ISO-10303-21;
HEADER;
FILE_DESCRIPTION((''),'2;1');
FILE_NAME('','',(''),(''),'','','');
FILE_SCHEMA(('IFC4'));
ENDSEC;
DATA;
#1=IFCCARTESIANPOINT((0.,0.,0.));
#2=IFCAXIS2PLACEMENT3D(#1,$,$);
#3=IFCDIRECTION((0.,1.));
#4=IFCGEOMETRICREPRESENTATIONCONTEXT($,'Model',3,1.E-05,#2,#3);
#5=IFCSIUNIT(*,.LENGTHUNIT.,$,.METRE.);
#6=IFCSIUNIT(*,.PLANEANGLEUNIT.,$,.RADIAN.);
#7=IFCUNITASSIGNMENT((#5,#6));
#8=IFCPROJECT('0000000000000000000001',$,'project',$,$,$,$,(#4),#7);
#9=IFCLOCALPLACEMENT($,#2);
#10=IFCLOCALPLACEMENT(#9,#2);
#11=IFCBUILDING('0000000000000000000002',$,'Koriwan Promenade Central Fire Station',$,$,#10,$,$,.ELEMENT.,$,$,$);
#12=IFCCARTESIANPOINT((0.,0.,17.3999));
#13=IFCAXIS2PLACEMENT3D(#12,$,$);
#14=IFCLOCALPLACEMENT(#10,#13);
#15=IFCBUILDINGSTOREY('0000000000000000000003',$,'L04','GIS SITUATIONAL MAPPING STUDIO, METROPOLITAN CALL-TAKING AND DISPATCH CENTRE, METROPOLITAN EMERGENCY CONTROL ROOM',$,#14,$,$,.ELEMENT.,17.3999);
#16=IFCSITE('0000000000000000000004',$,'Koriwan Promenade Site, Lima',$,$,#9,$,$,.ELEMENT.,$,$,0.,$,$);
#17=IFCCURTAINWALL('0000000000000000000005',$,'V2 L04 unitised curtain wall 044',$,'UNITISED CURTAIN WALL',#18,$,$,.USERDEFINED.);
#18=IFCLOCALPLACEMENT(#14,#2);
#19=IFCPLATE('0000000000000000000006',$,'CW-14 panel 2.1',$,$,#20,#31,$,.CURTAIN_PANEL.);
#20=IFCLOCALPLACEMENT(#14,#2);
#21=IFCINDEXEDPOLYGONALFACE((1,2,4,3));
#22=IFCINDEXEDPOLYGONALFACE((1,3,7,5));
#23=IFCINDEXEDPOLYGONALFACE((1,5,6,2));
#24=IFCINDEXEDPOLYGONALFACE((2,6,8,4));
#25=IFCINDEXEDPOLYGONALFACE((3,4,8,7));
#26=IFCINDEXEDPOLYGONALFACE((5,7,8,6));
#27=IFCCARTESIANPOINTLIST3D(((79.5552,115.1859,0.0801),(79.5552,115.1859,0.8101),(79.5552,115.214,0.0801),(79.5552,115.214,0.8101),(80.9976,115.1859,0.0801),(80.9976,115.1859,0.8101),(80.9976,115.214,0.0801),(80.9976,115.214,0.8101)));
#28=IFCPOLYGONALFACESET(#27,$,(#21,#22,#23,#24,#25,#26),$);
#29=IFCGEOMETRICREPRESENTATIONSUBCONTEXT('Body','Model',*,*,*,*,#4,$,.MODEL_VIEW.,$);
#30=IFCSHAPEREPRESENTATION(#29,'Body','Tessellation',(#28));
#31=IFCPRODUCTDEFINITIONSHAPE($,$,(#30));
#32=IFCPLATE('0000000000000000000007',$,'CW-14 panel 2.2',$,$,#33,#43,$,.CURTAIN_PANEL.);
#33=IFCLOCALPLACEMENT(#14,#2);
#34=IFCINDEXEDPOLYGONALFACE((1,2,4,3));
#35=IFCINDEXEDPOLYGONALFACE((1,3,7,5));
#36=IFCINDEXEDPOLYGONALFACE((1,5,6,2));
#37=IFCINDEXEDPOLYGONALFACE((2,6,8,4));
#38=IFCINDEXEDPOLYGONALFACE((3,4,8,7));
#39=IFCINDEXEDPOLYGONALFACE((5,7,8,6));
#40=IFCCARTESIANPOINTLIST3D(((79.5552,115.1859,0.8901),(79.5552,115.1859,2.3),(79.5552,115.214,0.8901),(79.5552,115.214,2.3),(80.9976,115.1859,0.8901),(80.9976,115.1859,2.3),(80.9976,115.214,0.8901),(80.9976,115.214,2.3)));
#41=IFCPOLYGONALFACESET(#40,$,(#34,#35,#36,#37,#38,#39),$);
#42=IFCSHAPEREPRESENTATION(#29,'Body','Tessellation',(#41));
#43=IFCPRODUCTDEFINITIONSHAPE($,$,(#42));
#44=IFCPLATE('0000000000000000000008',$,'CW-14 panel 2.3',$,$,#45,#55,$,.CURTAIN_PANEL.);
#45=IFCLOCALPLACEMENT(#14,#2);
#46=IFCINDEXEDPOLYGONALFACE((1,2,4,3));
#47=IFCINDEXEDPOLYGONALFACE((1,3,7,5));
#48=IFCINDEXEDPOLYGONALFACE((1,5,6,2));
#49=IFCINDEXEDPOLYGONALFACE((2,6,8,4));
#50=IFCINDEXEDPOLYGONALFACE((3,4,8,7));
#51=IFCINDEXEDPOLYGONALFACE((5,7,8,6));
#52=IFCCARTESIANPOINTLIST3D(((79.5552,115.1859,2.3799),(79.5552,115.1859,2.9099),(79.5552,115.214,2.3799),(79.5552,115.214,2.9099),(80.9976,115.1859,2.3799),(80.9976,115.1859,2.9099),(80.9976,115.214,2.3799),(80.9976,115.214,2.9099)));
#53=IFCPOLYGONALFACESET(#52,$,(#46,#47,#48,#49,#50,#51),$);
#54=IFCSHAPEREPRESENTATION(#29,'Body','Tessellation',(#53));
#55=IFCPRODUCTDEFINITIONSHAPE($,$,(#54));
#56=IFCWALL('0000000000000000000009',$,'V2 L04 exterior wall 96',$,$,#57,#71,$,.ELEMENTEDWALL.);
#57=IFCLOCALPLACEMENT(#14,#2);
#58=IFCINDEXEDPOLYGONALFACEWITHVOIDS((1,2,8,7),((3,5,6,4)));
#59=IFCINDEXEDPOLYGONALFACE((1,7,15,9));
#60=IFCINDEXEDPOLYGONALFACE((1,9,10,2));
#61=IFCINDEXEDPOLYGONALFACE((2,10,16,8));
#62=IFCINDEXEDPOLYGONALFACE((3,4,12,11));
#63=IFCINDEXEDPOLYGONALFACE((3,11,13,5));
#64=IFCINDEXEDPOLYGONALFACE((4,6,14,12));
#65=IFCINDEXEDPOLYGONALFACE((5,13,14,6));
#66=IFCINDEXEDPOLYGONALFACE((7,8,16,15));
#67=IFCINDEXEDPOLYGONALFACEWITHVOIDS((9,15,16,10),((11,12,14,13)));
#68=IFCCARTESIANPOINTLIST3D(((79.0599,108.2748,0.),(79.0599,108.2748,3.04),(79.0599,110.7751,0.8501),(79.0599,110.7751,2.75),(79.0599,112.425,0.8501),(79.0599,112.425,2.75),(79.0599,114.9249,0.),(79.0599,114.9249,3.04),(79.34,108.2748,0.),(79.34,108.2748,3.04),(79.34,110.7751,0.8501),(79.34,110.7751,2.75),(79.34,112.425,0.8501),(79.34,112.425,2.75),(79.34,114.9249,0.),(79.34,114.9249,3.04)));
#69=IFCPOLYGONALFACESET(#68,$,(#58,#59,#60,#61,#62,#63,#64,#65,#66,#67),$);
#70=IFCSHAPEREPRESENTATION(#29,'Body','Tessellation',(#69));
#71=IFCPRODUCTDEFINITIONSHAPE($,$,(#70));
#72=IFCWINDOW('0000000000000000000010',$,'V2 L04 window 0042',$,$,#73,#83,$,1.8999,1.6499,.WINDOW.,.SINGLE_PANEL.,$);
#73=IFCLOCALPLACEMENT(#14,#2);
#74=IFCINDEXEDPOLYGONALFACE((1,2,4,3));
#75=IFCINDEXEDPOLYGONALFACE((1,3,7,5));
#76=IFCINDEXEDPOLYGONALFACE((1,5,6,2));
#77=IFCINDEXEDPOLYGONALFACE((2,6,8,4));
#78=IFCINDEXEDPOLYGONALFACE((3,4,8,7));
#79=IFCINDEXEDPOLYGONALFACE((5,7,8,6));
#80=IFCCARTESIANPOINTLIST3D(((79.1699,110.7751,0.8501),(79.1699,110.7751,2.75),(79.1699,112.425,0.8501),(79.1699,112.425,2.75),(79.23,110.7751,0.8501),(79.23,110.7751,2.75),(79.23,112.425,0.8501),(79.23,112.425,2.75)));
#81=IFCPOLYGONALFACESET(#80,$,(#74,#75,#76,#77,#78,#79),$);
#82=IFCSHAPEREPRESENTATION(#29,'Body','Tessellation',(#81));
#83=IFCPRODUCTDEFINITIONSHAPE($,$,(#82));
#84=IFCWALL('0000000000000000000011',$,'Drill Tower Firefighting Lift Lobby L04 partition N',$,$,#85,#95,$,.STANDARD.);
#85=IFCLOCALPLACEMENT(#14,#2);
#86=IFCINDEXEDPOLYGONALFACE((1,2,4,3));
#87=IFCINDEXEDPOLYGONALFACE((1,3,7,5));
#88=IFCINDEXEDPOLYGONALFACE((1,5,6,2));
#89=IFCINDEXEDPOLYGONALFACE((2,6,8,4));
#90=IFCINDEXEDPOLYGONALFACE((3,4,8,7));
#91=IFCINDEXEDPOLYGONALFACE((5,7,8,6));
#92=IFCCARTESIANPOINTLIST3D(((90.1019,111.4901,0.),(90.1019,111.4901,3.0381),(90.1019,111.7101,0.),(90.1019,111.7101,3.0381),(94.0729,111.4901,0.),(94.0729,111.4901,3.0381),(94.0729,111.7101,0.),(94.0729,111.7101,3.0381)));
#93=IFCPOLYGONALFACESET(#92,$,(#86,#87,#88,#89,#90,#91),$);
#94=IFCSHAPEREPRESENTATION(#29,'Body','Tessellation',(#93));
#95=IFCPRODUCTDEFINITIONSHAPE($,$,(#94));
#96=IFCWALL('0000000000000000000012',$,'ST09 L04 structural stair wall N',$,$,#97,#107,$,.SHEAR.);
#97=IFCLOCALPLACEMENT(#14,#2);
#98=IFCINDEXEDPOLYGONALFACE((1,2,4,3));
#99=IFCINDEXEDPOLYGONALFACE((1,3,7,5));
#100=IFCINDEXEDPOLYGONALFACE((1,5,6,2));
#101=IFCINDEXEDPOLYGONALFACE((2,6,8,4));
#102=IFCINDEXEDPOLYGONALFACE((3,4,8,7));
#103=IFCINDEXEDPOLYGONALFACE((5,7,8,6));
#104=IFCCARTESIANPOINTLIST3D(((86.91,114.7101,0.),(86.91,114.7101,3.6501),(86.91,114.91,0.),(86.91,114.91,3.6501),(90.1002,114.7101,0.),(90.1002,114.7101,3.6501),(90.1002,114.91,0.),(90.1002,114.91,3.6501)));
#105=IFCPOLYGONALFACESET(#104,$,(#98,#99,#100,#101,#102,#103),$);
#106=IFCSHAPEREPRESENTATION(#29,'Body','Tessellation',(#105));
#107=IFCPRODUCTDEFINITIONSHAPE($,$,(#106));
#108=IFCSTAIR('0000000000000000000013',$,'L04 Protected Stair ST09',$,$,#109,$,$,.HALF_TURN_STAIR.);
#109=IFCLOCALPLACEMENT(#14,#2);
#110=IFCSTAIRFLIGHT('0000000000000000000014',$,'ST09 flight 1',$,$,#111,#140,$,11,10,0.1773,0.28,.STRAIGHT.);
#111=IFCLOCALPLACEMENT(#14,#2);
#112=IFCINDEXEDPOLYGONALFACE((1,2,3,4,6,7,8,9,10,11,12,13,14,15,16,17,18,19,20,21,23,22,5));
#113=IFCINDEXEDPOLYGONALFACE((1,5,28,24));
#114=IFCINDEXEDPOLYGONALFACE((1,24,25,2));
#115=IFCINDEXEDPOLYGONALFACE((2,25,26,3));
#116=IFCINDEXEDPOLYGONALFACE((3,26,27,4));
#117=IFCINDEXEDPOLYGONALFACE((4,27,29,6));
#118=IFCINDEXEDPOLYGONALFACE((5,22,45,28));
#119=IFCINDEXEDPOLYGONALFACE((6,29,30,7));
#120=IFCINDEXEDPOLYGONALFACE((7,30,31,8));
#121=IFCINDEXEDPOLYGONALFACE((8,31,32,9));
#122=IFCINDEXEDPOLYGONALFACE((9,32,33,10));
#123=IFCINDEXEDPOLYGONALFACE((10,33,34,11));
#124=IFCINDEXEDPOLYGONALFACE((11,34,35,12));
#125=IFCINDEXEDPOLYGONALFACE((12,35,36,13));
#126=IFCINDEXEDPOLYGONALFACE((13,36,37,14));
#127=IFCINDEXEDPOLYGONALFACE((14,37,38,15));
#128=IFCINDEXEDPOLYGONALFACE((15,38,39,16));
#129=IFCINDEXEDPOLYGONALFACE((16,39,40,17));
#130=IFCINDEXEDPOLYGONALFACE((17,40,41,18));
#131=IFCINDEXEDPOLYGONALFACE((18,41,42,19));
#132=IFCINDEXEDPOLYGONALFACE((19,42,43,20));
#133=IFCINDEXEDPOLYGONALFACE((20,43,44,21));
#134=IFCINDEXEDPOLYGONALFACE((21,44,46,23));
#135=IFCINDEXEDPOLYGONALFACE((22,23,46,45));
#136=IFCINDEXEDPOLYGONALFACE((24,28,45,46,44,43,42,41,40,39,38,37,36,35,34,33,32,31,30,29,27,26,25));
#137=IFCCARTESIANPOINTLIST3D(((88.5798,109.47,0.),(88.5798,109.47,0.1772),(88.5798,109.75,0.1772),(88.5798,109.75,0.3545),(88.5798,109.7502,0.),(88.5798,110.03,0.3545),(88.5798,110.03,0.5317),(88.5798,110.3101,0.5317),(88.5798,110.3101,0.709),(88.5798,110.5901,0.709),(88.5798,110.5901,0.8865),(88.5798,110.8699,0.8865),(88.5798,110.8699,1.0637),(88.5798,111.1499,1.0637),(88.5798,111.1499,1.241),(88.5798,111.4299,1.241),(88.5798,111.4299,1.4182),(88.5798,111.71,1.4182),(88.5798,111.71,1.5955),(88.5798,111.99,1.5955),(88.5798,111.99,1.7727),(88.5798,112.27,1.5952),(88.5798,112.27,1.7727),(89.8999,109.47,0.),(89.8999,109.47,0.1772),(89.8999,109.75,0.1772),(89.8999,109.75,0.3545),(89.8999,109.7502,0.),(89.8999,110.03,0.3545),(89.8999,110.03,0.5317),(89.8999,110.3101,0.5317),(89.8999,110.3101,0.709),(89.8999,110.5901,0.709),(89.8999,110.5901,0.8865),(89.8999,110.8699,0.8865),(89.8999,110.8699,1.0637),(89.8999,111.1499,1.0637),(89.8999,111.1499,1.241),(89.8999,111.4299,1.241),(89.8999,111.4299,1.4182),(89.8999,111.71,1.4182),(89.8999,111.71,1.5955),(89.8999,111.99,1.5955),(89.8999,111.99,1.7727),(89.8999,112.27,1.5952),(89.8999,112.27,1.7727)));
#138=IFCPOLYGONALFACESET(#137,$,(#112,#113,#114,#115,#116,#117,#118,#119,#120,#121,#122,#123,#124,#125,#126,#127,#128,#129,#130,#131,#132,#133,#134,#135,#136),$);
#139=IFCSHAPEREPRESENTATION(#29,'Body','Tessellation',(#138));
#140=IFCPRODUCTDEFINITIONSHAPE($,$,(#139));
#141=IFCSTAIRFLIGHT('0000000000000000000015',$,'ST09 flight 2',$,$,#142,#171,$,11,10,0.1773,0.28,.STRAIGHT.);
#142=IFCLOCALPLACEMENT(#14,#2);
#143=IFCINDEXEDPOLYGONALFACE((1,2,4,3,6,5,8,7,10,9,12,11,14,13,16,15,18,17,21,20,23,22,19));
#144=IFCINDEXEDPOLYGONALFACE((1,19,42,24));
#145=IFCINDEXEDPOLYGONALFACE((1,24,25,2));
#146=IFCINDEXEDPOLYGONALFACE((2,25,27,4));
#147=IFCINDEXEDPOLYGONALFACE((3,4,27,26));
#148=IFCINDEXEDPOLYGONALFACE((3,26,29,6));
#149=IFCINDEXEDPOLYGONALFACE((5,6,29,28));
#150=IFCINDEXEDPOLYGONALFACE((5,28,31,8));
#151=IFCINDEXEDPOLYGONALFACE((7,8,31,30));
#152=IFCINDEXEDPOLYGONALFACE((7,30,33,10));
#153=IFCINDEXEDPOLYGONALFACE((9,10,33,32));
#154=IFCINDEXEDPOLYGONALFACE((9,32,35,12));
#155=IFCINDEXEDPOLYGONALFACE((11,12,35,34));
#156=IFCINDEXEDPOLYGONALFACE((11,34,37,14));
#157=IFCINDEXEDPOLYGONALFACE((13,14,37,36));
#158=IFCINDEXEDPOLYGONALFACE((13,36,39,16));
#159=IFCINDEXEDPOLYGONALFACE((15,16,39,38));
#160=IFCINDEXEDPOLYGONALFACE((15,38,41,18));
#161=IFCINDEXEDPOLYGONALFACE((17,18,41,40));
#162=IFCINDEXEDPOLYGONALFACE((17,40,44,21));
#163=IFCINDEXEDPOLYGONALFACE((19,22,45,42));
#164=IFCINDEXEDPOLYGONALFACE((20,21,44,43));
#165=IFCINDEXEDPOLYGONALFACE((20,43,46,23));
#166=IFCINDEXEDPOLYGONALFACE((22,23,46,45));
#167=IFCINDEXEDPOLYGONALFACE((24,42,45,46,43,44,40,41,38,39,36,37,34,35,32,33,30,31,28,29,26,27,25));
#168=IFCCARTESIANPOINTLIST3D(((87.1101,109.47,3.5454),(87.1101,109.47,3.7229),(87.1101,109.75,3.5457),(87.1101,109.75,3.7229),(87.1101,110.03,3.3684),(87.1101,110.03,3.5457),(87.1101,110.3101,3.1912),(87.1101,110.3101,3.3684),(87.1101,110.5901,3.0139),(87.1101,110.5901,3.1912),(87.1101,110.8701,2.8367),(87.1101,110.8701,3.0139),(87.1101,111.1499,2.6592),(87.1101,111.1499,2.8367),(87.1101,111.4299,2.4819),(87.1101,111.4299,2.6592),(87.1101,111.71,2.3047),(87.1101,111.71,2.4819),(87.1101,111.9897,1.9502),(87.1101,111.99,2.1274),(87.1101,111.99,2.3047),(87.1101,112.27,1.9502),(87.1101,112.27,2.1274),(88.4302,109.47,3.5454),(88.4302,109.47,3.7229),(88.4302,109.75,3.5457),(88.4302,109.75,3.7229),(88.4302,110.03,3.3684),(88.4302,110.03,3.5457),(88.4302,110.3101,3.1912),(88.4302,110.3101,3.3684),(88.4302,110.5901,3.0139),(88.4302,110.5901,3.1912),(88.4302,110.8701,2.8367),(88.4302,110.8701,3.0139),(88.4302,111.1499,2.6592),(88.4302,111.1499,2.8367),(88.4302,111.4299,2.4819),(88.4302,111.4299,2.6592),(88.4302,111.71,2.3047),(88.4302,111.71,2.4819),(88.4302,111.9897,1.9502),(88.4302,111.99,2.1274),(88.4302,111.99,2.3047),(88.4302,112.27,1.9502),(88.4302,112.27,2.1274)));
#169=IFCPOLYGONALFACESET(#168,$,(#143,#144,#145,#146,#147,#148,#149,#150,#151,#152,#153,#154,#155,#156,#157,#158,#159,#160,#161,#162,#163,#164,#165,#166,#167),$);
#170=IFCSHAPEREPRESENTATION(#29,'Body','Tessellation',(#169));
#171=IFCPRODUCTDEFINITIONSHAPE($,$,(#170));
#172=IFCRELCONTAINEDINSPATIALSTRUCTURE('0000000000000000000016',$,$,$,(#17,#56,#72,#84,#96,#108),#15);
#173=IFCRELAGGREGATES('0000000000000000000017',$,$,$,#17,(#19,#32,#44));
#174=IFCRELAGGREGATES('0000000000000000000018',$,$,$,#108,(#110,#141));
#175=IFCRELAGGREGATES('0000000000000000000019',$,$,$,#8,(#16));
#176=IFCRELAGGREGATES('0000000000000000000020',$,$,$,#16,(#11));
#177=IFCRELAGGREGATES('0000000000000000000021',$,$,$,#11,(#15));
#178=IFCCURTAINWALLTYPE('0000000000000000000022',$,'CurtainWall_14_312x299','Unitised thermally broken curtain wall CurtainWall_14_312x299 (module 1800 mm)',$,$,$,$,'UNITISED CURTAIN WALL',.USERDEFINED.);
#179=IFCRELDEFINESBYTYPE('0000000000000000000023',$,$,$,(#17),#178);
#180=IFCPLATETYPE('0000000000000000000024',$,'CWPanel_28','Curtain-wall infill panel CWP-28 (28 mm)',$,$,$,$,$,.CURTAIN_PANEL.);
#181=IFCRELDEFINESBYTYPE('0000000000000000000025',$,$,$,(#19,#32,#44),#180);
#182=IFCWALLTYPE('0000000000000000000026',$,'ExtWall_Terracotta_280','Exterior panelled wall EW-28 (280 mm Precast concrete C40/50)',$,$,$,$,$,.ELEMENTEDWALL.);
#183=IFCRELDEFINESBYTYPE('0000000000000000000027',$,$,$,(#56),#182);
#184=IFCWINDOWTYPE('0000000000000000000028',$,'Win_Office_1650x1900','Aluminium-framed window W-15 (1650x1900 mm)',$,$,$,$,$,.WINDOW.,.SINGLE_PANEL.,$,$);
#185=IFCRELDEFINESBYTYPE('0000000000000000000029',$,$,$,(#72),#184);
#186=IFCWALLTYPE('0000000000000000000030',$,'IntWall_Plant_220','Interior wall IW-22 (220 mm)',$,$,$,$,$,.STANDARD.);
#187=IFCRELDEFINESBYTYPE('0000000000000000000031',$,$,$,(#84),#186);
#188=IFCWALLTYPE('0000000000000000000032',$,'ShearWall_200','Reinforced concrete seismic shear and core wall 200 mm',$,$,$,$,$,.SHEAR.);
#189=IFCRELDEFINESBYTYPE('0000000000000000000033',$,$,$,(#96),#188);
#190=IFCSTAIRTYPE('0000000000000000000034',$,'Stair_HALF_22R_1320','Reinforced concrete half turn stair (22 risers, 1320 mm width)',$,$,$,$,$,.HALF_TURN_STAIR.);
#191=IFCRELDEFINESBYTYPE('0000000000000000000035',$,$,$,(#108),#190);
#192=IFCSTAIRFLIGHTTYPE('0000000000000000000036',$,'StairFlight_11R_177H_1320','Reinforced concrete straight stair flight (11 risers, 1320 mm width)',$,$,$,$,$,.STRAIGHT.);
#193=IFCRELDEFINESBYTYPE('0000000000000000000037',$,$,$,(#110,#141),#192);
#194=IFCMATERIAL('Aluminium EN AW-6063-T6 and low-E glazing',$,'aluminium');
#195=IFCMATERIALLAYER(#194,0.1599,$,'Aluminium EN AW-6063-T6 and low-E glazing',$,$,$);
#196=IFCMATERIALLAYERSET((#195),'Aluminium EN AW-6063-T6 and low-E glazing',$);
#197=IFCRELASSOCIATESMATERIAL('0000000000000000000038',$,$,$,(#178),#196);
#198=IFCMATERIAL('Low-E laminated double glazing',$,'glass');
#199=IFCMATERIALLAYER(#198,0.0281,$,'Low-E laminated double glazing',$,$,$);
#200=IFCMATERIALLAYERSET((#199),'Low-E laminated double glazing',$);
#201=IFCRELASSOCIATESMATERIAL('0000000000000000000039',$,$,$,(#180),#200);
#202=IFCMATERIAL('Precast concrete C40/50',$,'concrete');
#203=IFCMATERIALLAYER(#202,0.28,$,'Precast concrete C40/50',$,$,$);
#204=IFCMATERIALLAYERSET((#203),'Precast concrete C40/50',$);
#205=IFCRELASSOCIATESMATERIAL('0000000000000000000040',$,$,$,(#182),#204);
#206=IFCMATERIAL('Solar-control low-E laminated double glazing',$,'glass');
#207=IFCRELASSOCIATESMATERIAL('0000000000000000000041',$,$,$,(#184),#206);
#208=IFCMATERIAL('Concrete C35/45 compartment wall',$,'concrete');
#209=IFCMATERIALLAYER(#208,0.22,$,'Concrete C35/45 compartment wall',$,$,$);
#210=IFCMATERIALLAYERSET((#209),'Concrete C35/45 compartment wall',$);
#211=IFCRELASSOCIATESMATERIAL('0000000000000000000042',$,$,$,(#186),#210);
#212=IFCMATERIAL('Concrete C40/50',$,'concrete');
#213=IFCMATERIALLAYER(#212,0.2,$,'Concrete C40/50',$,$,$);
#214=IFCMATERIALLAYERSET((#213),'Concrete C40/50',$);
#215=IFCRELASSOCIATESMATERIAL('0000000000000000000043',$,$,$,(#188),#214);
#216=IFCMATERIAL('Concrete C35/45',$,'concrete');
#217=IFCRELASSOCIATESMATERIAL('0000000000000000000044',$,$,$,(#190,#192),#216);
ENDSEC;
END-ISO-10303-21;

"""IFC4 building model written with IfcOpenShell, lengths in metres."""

from ifc_helpers import new_model, si_unit, direction, frame, frame_2d, origin, origin_2d, place, context, subcontext, project, spatial, polyline, rectangle, outline, extrude, material, layer, layer_set, type_object, element, fill, aggregate, save


model = new_model("IFC4")

# Units and contexts
model_context = context("Model", 3, precision=1e-05, world=origin(), true_north=direction((0.0, 1.0)))
body_context = subcontext(model_context, "Body", "Model", "MODEL_VIEW")
ifc_project = project(units=[si_unit("LENGTHUNIT", "METRE"), si_unit("PLANEANGLEUNIT", "RADIAN")], contexts=[model_context])

# Site, building, storey
site_placement = place(None, origin())
site = spatial("IfcSite", under=ifc_project, at=site_placement, Name="Koriwan Promenade Site, Lima", CompositionType="ELEMENT", RefElevation=0.0)
building_placement = place(site_placement, origin())
building = spatial("IfcBuilding", under=site, at=building_placement, Name="Koriwan Promenade Central Fire Station", CompositionType="ELEMENT")
storey_placement = place(building_placement, frame((0.0, 0.0, 17.3999)))
storey = spatial("IfcBuildingStorey", under=building, at=storey_placement, Name="L04", Description="GIS SITUATIONAL MAPPING STUDIO, METROPOLITAN CALL-TAKING AND DISPATCH CENTRE, METROPOLITAN EMERGENCY CONTROL ROOM", CompositionType="ELEMENT", Elevation=17.3999)

# Shared definitions
ifc_material_1 = material(Name="Concrete C40/50", Category="concrete")

# Shared definitions
ifc_material_2 = material(Name="Concrete C35/45", Category="concrete")

# Curtain wall, plates
ifc_material_3 = material(Name="Aluminium EN AW-6063-T6 and low-E glazing", Category="aluminium")
ifc_layer_1 = layer(ifc_material_3, 0.1599, Name="Aluminium EN AW-6063-T6 and low-E glazing")
ifc_layer_set_1 = layer_set([ifc_layer_1], Name="Aluminium EN AW-6063-T6 and low-E glazing")
curtain_wall_type = type_object("IfcCurtainWallType", Name="CurtainWall_14_312x299", Description="Unitised thermally broken curtain wall CurtainWall_14_312x299 (module 1800 mm)", ElementType="UNITISED CURTAIN WALL", PredefinedType="USERDEFINED", material=ifc_layer_set_1)
curtain_wall_placement = place(storey_placement, origin())
curtain_wall = element("IfcCurtainWall", 1, at=curtain_wall_placement, inside=storey, type_object=curtain_wall_type, Name="V2 L04 unitised curtain wall 044", ObjectType="UNITISED CURTAIN WALL", PredefinedType="USERDEFINED")
ifc_material_4 = material(Name="Low-E laminated double glazing", Category="glass")
ifc_layer_2 = layer(ifc_material_4, 0.0281, Name="Low-E laminated double glazing")
ifc_layer_set_2 = layer_set([ifc_layer_2], Name="Low-E laminated double glazing")
plate_type = type_object("IfcPlateType", Name="CWPanel_28", Description="Curtain-wall infill panel CWP-28 (28 mm)", PredefinedType="CURTAIN_PANEL", material=ifc_layer_set_2)
plate_1_placement = place(storey_placement, frame((80.2764, 115.2, 0.0801), z_axis=(0.0, 0.0, 1.0), x_axis=(-1.0, 0.0, 0.0)))
plate_1 = element("IfcPlate", 2, at=plate_1_placement, type_object=plate_type, Name="CW-14 panel 2.1", PredefinedType="CURTAIN_PANEL", context=body_context, shape_type="SweptSolid", body=[
    extrude(rectangle(XDim=1.4424, YDim=0.0281, at=origin_2d()), origin(), (0.0, 0.0, 1.0), 0.73),
])
plate_2_placement = place(storey_placement, frame((80.2764, 115.2, 0.8901), z_axis=(0.0, 0.0, 1.0), x_axis=(-1.0, 0.0, 0.0)))
plate_2 = element("IfcPlate", 3, at=plate_2_placement, type_object=plate_type, Name="CW-14 panel 2.2", PredefinedType="CURTAIN_PANEL", context=body_context, shape_type="SweptSolid", body=[
    extrude(rectangle(XDim=1.4424, YDim=0.0281, at=origin_2d()), origin(), (0.0, 0.0, 1.0), 1.4099),
])
plate_3_placement = place(storey_placement, frame((80.2764, 115.2, 2.3799), z_axis=(0.0, 0.0, 1.0), x_axis=(-1.0, 0.0, 0.0)))
plate_3 = element("IfcPlate", 4, at=plate_3_placement, type_object=plate_type, Name="CW-14 panel 2.3", PredefinedType="CURTAIN_PANEL", context=body_context, shape_type="SweptSolid", body=[
    extrude(rectangle(XDim=1.4424, YDim=0.0281, at=origin_2d()), origin(), (0.0, 0.0, 1.0), 0.53),
])
aggregate(curtain_wall, [plate_1, plate_2, plate_3])

# Wall, opening, window
ifc_material_5 = material(Name="Precast concrete C40/50", Category="concrete")
ifc_layer_3 = layer(ifc_material_5, 0.28, Name="Precast concrete C40/50")
ifc_layer_set_3 = layer_set([ifc_layer_3], Name="Precast concrete C40/50")
wall_type_1 = type_object("IfcWallType", Name="ExtWall_Terracotta_280", Description="Exterior panelled wall EW-28 (280 mm Precast concrete C40/50)", PredefinedType="ELEMENTEDWALL", material=ifc_layer_set_3)
wall_1_placement = place(storey_placement, frame((79.2, 114.925, 0.0), z_axis=(0.0, 0.0, 1.0), x_axis=(0.0, -1.0, 0.0)))
wall_1 = element("IfcWall", 5, at=wall_1_placement, inside=storey, type_object=wall_type_1, Name="V2 L04 exterior wall 96", PredefinedType="ELEMENTEDWALL", context=body_context, shape_type="SweptSolid", body=[
    extrude(rectangle(XDim=6.6501, YDim=0.28, at=frame_2d((3.3252, 0.0))), origin(), (0.0, 0.0, 1.0), 3.04),
])
opening_placement = place(wall_1_placement, frame((2.5, 0.0, 0.8501)))
opening = element("IfcOpeningElement", 6, at=opening_placement, cuts=wall_1, PredefinedType="OPENING", context=body_context, shape_type="SweptSolid", body=[
    extrude(rectangle(XDim=1.6499, YDim=1.8999, at=frame_2d((0.825, 0.95))), frame((0.0, 0.1519, 0.0), z_axis=(0.0, -1.0, 0.0), x_axis=(1.0, 0.0, 0.0)), (0.0, 0.0, 1.0), 0.304),
])
ifc_material_6 = material(Name="Solar-control low-E laminated double glazing", Category="glass")
window_type = type_object("IfcWindowType", Name="Win_Office_1650x1900", Description="Aluminium-framed window W-15 (1650x1900 mm)", PartitioningType="SINGLE_PANEL", PredefinedType="WINDOW", material=ifc_material_6)
window_placement = place(opening_placement, origin())
window = element("IfcWindow", 7, at=window_placement, inside=storey, type_object=window_type, Name="V2 L04 window 0042", OverallHeight=1.8999, OverallWidth=1.6499, PartitioningType="SINGLE_PANEL", PredefinedType="WINDOW", context=body_context, shape_type="SweptSolid", body=[
    extrude(rectangle(XDim=1.6499, YDim=1.8999, at=frame_2d((0.825, 0.95))), frame((0.0, 0.03, 0.0), z_axis=(0.0, -1.0, 0.0), x_axis=(1.0, 0.0, 0.0)), (0.0, 0.0, 1.0), 0.0601),
])
fill(opening, window)

# Walls
ifc_material_7 = material(Name="Concrete C35/45 compartment wall", Category="concrete")
ifc_layer_4 = layer(ifc_material_7, 0.22, Name="Concrete C35/45 compartment wall")
ifc_layer_set_4 = layer_set([ifc_layer_4], Name="Concrete C35/45 compartment wall")
wall_type_2 = type_object("IfcWallType", Name="IntWall_Plant_220", Description="Interior wall IW-22 (220 mm)", PredefinedType="STANDARD", material=ifc_layer_set_4)
wall_2_placement = place(storey_placement, frame((90.1021, 111.6001, 0.0), z_axis=(0.0, 0.0, 1.0), x_axis=(1.0, 0.0, 0.0)))
element("IfcWall", 8, at=wall_2_placement, inside=storey, type_object=wall_type_2, Name="Drill Tower Firefighting Lift Lobby L04 partition N", PredefinedType="STANDARD", context=body_context, shape_type="SweptSolid", body=[
    extrude(rectangle(XDim=3.9709, YDim=0.22, at=frame_2d((1.9854, 0.0))), origin(), (0.0, 0.0, 1.0), 3.0381),
])
ifc_layer_5 = layer(ifc_material_1, 0.2, Name="Concrete C40/50")
ifc_layer_set_5 = layer_set([ifc_layer_5], Name="Concrete C40/50")
wall_type_3 = type_object("IfcWallType", Name="ShearWall_200", Description="Reinforced concrete seismic shear and core wall 200 mm", PredefinedType="SHEAR", material=ifc_layer_set_5)
wall_3_placement = place(storey_placement, frame((86.9099, 114.8101, 0.0), z_axis=(0.0, 0.0, 1.0), x_axis=(1.0, 0.0, 0.0)))
element("IfcWall", 9, at=wall_3_placement, inside=storey, type_object=wall_type_3, Name="ST09 L04 structural stair wall N", PredefinedType="SHEAR", context=body_context, shape_type="SweptSolid", body=[
    extrude(rectangle(XDim=3.1902, YDim=0.2, at=frame_2d((1.5952, 0.0))), origin(), (0.0, 0.0, 1.0), 3.6501),
])

# Stair, stair flights
stair_type = type_object("IfcStairType", Name="Stair_HALF_22R_1320", Description="Reinforced concrete half turn stair (22 risers, 1320 mm width)", PredefinedType="HALF_TURN_STAIR", material=ifc_material_2)
stair_placement = place(storey_placement, origin())
stair = element("IfcStair", 10, at=stair_placement, inside=storey, type_object=stair_type, Name="L04 Protected Stair ST09", PredefinedType="HALF_TURN_STAIR")
stair_flight_type = type_object("IfcStairFlightType", Name="StairFlight_11R_177H_1320", Description="Reinforced concrete straight stair flight (11 risers, 1320 mm width)", PredefinedType="STRAIGHT", material=ifc_material_2)
stair_flight_1_placement = place(storey_placement, frame((89.24, 109.47, 0.0), z_axis=(0.0, 0.0, 1.0), x_axis=(0.0, 1.0, 0.0)))
stair_flight_1 = element("IfcStairFlight", 11, at=stair_flight_1_placement, type_object=stair_flight_type, Name="ST09 flight 1", NumberOfRisers=11, NumberOfTreads=10, PredefinedType="STRAIGHT", RiserHeight=0.1773, TreadLength=0.28, context=body_context, shape_type="SweptSolid", body=[
    extrude(outline(polyline([(0.0, 0.0), (0.0, 0.1772), (0.28, 0.1772), (0.28, 0.3545), (0.5601, 0.3545), (0.5601, 0.5317), (0.8401, 0.5317), (0.8401, 0.709), (1.1201, 0.709), (1.1201, 0.8865), (1.3999, 0.8865), (1.3999, 1.0637), (1.6799, 1.0637), (1.6799, 1.241), (1.96, 1.241), (1.96, 1.4182), (2.24, 1.4182), (2.24, 1.5955), (2.52, 1.5955), (2.52, 1.7727), (2.8, 1.7727), (2.8, 1.95), (2.8, 1.5952), (0.2803, 0.0), (0.0, 0.0)])), frame((0.0, 0.6602, 0.0), z_axis=(0.0, -1.0, 0.0), x_axis=(1.0, 0.0, 0.0)), (0.0, 0.0, 1.0), 1.3201),
])
stair_flight_2_placement = place(storey_placement, frame((87.77, 112.27, 1.9502), z_axis=(0.0, 0.0, 1.0), x_axis=(0.0, -1.0, 0.0)))
stair_flight_2 = element("IfcStairFlight", 12, at=stair_flight_2_placement, type_object=stair_flight_type, Name="ST09 flight 2", NumberOfRisers=11, NumberOfTreads=10, PredefinedType="STRAIGHT", RiserHeight=0.1773, TreadLength=0.28, context=body_context, shape_type="SweptSolid", body=[
    extrude(outline(polyline([(0.0, 0.0), (0.0, 0.1772), (0.28, 0.1772), (0.28, 0.3545), (0.5601, 0.3545), (0.5601, 0.5317), (0.8401, 0.5317), (0.8401, 0.709), (1.1201, 0.709), (1.1201, 0.8865), (1.3999, 0.8865), (1.3999, 1.0637), (1.6799, 1.0637), (1.6799, 1.241), (1.96, 1.241), (1.96, 1.4182), (2.24, 1.4182), (2.24, 1.5955), (2.52, 1.5955), (2.52, 1.7727), (2.8, 1.7727), (2.8, 1.95), (2.8, 1.5952), (0.2803, 0.0), (0.0, 0.0)])), frame((0.0, 0.6602, 0.0), z_axis=(0.0, -1.0, 0.0), x_axis=(1.0, 0.0, 0.0)), (0.0, 0.0, 1.0), 1.3201),
])
aggregate(stair, [stair_flight_1, stair_flight_2])

save(model, "model.ifc")
